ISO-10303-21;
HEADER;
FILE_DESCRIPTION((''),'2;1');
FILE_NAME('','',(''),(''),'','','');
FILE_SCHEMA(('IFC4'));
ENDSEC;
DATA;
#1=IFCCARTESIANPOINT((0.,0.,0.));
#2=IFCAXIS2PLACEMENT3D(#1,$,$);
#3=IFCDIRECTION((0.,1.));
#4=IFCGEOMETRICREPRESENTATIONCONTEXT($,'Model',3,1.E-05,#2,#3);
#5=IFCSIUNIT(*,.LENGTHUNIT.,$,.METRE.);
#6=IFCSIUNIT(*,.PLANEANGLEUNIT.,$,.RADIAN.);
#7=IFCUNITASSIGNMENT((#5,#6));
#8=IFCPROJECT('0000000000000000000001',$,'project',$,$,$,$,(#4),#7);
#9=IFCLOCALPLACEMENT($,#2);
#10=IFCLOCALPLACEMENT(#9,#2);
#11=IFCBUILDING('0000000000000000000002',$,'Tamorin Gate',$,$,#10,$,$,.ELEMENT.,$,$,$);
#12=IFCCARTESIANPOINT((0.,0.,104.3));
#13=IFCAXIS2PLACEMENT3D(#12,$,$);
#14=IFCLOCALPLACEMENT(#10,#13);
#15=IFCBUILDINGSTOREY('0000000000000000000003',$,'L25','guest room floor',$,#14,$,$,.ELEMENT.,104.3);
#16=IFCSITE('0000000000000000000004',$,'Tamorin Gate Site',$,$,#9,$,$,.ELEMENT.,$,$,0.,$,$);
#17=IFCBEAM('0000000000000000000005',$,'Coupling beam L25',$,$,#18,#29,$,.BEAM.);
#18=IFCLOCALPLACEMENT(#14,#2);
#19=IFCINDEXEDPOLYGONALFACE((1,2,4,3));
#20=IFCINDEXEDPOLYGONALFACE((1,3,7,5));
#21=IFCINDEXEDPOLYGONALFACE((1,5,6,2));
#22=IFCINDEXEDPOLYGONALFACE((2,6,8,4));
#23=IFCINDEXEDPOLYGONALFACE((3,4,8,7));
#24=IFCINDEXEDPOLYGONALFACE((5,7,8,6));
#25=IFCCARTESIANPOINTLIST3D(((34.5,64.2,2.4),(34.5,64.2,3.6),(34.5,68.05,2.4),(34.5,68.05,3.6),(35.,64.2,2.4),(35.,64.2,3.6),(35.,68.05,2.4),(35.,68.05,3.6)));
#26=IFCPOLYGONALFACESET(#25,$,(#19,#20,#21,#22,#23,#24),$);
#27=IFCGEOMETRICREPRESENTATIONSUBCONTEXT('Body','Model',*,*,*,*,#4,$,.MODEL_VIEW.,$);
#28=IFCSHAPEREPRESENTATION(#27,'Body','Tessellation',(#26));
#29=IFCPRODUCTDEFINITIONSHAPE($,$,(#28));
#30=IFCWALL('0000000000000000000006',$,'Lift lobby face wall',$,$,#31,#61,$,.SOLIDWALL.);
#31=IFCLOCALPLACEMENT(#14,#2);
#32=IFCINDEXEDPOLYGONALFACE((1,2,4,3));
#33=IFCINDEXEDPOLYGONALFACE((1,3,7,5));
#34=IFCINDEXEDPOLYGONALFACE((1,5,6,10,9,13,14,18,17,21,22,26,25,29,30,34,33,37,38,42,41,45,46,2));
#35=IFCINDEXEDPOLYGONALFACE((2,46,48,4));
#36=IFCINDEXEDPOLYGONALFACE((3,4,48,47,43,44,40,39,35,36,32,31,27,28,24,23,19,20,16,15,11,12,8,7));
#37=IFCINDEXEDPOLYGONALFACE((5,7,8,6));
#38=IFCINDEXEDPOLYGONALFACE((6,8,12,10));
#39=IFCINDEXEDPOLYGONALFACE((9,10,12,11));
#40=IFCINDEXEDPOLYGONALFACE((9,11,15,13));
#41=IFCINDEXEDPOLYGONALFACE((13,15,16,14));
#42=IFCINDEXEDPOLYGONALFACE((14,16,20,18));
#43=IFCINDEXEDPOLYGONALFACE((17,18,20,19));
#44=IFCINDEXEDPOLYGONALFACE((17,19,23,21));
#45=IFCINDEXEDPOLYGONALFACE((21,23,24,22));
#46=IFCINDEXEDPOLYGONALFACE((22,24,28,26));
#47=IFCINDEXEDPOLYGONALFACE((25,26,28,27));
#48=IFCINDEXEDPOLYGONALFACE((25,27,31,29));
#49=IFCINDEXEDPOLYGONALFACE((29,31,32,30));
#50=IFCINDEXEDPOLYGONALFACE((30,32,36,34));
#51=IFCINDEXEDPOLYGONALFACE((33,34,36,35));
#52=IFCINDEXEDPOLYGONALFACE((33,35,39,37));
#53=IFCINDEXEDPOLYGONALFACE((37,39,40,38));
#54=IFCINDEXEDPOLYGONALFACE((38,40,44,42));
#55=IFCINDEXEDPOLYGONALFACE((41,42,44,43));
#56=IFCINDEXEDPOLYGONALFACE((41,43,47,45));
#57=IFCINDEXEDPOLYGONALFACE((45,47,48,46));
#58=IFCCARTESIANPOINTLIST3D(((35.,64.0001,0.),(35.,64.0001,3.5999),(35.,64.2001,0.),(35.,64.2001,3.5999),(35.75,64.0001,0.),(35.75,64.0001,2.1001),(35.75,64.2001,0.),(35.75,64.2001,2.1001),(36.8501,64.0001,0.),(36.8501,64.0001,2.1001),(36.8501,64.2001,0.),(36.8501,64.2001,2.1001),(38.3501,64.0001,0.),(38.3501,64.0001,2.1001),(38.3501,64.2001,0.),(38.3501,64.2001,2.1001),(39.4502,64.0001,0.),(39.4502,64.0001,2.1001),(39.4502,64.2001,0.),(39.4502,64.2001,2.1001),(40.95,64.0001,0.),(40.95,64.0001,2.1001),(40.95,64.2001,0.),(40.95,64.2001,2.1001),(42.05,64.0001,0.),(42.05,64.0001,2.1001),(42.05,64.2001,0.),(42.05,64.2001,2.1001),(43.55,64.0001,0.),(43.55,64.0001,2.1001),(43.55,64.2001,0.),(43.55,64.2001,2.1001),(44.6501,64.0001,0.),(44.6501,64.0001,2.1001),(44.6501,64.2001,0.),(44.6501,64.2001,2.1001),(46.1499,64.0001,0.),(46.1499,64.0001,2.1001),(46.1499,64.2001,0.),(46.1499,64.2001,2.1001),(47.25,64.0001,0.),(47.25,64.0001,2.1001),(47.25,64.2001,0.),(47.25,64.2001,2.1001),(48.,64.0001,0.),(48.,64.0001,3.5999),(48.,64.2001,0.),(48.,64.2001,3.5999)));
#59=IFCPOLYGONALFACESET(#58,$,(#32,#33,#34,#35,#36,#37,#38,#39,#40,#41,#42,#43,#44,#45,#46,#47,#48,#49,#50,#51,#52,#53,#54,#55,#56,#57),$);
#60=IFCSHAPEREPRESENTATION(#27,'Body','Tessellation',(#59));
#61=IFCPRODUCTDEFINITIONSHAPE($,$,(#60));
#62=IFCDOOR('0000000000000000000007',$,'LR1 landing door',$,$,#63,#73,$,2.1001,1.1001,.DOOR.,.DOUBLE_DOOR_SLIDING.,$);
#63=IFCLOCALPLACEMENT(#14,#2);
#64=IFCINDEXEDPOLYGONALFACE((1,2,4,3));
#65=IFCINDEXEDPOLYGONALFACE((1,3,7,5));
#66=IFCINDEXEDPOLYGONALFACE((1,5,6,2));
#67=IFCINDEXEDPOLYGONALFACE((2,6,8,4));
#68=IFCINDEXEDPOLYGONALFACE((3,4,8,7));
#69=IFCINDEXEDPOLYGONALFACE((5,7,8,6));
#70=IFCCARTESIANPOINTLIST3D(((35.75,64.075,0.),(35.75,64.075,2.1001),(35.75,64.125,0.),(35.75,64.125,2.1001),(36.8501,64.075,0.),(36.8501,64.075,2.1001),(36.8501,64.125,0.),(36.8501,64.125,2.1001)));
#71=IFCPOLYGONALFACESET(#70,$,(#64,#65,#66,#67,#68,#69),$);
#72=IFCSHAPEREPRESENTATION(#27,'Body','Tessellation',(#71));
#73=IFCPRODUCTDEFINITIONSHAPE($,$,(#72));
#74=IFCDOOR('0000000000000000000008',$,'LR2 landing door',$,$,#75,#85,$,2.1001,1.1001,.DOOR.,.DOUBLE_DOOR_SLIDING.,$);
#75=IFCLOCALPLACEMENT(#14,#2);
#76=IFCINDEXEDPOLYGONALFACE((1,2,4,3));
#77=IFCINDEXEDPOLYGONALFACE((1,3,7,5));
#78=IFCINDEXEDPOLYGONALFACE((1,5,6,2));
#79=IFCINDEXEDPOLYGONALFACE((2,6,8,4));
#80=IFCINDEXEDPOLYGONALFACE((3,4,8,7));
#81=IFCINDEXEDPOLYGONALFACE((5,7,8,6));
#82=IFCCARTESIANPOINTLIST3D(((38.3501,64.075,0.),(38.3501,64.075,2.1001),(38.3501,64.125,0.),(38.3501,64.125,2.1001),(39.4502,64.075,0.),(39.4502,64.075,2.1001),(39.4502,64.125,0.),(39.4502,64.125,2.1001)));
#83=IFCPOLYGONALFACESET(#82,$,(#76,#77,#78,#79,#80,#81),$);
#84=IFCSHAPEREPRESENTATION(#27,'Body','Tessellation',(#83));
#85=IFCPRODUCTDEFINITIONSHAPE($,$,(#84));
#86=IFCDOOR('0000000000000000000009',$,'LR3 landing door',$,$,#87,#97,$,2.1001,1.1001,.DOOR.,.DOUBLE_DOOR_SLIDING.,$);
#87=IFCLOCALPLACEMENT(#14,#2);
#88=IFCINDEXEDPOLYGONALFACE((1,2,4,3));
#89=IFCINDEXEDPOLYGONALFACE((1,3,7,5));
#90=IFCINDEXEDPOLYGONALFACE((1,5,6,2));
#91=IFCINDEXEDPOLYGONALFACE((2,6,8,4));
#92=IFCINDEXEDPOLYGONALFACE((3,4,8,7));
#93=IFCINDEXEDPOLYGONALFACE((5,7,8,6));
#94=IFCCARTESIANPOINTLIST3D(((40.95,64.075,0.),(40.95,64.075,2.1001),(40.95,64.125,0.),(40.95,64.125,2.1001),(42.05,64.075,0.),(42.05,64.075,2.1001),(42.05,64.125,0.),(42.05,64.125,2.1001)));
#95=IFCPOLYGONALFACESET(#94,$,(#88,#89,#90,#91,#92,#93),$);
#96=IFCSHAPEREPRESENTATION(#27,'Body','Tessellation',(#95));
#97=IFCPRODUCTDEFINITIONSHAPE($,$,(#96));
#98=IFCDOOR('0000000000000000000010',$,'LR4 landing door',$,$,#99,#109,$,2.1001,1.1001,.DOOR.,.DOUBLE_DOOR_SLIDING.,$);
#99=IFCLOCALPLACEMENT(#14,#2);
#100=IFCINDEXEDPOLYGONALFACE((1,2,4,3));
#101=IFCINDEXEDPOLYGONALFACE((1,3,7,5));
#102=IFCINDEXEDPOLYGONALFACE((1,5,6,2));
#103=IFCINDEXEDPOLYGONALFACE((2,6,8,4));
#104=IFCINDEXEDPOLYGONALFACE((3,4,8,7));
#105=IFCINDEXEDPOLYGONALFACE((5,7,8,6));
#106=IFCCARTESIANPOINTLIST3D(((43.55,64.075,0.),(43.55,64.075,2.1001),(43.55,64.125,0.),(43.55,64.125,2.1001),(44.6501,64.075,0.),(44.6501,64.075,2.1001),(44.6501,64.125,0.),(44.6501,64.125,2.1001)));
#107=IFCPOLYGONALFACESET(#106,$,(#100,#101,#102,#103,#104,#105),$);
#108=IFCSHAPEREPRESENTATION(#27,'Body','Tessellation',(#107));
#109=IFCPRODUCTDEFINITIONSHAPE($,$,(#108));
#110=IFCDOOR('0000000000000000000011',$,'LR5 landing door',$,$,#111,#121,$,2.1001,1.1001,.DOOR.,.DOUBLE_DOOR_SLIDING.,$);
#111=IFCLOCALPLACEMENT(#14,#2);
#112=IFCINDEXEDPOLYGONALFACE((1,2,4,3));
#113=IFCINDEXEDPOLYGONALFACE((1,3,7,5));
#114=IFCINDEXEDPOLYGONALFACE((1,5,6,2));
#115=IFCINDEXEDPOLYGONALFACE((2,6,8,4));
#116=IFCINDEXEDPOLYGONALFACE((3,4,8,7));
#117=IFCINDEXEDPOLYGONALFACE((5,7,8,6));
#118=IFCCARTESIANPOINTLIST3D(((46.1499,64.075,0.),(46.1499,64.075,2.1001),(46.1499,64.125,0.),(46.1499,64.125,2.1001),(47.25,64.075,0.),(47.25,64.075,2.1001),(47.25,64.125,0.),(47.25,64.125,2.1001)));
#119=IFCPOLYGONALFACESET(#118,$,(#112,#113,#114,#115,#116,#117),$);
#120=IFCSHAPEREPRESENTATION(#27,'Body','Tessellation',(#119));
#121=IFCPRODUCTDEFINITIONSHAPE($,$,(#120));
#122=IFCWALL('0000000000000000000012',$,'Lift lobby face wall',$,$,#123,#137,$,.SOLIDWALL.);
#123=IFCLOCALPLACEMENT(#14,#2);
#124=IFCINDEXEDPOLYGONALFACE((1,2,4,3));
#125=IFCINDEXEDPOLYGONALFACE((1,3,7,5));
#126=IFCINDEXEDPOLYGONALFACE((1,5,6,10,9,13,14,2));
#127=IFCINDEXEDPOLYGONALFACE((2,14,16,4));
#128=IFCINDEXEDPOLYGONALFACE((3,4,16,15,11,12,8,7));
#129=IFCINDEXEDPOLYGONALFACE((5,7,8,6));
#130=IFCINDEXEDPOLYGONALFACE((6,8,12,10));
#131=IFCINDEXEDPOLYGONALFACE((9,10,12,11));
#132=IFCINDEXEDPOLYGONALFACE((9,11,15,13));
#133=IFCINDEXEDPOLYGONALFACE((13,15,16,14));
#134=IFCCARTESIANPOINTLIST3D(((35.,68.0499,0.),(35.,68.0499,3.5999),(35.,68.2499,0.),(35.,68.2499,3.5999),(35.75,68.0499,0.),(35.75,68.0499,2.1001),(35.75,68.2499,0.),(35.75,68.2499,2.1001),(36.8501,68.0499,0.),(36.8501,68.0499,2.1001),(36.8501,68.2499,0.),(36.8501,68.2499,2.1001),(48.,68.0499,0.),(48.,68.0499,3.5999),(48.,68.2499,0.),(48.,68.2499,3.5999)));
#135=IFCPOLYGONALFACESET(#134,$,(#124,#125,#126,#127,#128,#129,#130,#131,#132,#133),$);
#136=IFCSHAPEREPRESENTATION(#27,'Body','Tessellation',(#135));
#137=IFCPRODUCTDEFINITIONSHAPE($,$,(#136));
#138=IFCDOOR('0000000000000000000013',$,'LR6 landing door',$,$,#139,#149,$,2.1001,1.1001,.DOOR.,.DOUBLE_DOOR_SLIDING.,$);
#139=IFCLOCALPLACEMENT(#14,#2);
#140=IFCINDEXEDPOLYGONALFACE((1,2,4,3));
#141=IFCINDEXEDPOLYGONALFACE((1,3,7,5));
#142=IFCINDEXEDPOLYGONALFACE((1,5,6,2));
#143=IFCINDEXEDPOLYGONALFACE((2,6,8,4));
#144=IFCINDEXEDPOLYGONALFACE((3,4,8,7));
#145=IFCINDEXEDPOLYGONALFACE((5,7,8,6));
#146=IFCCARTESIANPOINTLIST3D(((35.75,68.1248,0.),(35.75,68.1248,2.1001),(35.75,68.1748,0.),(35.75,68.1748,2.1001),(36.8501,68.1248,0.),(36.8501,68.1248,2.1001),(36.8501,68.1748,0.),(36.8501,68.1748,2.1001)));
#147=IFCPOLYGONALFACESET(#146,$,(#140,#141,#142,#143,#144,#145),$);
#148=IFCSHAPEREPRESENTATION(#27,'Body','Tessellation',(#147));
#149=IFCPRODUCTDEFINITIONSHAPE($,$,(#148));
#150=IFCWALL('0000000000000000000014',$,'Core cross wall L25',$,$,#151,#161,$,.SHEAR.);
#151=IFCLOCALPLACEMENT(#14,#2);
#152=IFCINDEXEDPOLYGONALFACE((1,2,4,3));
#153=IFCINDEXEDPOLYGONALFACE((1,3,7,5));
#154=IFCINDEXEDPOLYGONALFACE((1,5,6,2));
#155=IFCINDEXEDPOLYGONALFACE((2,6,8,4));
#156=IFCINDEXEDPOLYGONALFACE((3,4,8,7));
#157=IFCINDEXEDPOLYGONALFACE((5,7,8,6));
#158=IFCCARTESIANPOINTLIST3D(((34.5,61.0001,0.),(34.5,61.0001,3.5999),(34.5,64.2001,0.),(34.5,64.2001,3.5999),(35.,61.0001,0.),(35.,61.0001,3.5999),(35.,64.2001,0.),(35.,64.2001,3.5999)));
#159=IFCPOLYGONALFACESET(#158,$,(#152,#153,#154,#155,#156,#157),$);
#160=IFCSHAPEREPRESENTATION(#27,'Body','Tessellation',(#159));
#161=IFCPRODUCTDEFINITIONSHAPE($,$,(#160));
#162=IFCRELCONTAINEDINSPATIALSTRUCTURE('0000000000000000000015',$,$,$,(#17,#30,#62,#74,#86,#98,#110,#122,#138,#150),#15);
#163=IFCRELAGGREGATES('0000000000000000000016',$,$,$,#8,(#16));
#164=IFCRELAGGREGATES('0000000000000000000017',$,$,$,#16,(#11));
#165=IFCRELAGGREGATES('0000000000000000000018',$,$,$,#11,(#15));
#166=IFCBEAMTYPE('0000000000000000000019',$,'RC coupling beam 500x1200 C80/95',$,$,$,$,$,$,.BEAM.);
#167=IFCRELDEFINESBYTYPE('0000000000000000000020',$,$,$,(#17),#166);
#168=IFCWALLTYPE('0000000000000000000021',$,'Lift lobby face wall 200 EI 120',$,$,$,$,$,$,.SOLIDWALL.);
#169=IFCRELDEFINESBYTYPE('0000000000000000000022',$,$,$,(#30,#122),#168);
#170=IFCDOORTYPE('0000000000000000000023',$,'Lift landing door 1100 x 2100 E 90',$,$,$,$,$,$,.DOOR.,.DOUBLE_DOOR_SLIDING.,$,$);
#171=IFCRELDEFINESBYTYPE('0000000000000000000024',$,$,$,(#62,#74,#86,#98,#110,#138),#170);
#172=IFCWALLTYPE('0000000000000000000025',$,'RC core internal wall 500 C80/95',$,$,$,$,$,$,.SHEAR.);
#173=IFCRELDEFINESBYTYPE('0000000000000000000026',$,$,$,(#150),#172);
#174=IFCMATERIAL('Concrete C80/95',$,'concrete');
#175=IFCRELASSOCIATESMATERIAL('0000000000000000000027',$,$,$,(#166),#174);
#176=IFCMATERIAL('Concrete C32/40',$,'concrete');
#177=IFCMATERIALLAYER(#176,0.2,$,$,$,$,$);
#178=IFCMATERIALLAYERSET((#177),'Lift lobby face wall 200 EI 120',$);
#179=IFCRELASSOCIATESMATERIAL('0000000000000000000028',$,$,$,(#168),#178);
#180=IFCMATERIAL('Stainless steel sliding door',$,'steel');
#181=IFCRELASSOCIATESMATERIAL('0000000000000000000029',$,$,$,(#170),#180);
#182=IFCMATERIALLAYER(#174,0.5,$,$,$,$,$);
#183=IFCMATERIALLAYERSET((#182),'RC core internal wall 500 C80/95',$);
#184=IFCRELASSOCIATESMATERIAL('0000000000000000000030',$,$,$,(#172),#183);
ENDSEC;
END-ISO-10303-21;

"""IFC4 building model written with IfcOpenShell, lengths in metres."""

from ifc_helpers import new_model, si_unit, direction, frame, frame_2d, origin, origin_2d, place, context, subcontext, project, spatial, rectangle, extrude, material, layer, layer_set, material_profile, profile_set, type_object, element, fill, save


model = new_model("IFC4")

# Units and contexts
model_context = context("Model", 3, precision=1e-05, world=origin(), true_north=direction((0.0, 1.0)))
body_context = subcontext(model_context, "Body", "Model", "MODEL_VIEW")
ifc_project = project(units=[si_unit("LENGTHUNIT", "METRE"), si_unit("PLANEANGLEUNIT", "RADIAN")], contexts=[model_context])

# Site, building, storey
site_placement = place(None, origin())
site = spatial("IfcSite", under=ifc_project, at=site_placement, Name="Tamorin Gate Site", CompositionType="ELEMENT", RefElevation=0.0)
building_placement = place(site_placement, origin())
building = spatial("IfcBuilding", under=site, at=building_placement, Name="Tamorin Gate", CompositionType="ELEMENT")
storey_placement = place(building_placement, frame((0.0, 0.0, 104.3)))
storey = spatial("IfcBuildingStorey", under=building, at=storey_placement, Name="L25", Description="guest room floor", CompositionType="ELEMENT", Elevation=104.3)

# Beam
ifc_material_1 = material(Name="Concrete C80/95", Category="concrete")
ifc_material_profile = material_profile(ifc_material_1, rectangle(XDim=0.5, YDim=1.2, at=origin_2d()), Name="RC 500x1200")
ifc_profile_set = profile_set([ifc_material_profile], Name="Concrete C80/95")
beam_type = type_object("IfcBeamType", Name="RC coupling beam 500x1200 C80/95", PredefinedType="BEAM", material=ifc_profile_set)
beam_placement = place(storey_placement, frame((34.75, 64.2, 3.0), z_axis=(0.0, 1.0, 0.0), x_axis=(-1.0, 0.0, 0.0)))
element("IfcBeam", 1, at=beam_placement, inside=storey, type_object=beam_type, Name="Coupling beam L25", PredefinedType="BEAM", context=body_context, shape_type="SweptSolid", body=[
    extrude(rectangle(XDim=0.5, YDim=1.2, at=origin_2d()), origin(), (0.0, 0.0, 1.0), 3.8501),
])

# Wall, openings, doors
ifc_material_2 = material(Name="Concrete C32/40", Category="concrete")
ifc_layer_1 = layer(ifc_material_2, 0.2)
ifc_layer_set_1 = layer_set([ifc_layer_1], Name="Lift lobby face wall 200 EI 120")
wall_type_1 = type_object("IfcWallType", Name="Lift lobby face wall 200 EI 120", PredefinedType="SOLIDWALL", material=ifc_layer_set_1)
wall_1_placement = place(storey_placement, frame((35.0, 64.1001, 0.0), z_axis=(0.0, 0.0, 1.0), x_axis=(1.0, 0.0, 0.0)))
wall_1 = element("IfcWall", 2, at=wall_1_placement, inside=storey, type_object=wall_type_1, Name="Lift lobby face wall", PredefinedType="SOLIDWALL", context=body_context, shape_type="SweptSolid", body=[
    extrude(rectangle(XDim=13.0, YDim=0.2, at=frame_2d((6.5, 0.0))), origin(), (0.0, 0.0, 1.0), 3.5999),
])
opening_1_placement = place(wall_1_placement, frame((0.75, 0.0, 0.0)))
opening_1 = element("IfcOpeningElement", 3, at=opening_1_placement, cuts=wall_1, PredefinedType="OPENING", context=body_context, shape_type="SweptSolid", body=[
    extrude(rectangle(XDim=1.1001, YDim=2.1001, at=frame_2d((0.55, 1.05))), frame((0.0, 0.1099, 0.0), z_axis=(0.0, -1.0, 0.0), x_axis=(1.0, 0.0, 0.0)), (0.0, 0.0, 1.0), 0.22),
])
opening_2_placement = place(wall_1_placement, frame((3.3501, 0.0, 0.0)))
opening_2 = element("IfcOpeningElement", 4, at=opening_2_placement, cuts=wall_1, PredefinedType="OPENING", context=body_context, shape_type="SweptSolid", body=[
    extrude(rectangle(XDim=1.1001, YDim=2.1001, at=frame_2d((0.55, 1.05))), frame((0.0, 0.1099, 0.0), z_axis=(0.0, -1.0, 0.0), x_axis=(1.0, 0.0, 0.0)), (0.0, 0.0, 1.0), 0.22),
])
opening_3_placement = place(wall_1_placement, frame((5.95, 0.0, 0.0)))
opening_3 = element("IfcOpeningElement", 5, at=opening_3_placement, cuts=wall_1, PredefinedType="OPENING", context=body_context, shape_type="SweptSolid", body=[
    extrude(rectangle(XDim=1.1001, YDim=2.1001, at=frame_2d((0.55, 1.05))), frame((0.0, 0.1099, 0.0), z_axis=(0.0, -1.0, 0.0), x_axis=(1.0, 0.0, 0.0)), (0.0, 0.0, 1.0), 0.22),
])
opening_4_placement = place(wall_1_placement, frame((8.55, 0.0, 0.0)))
opening_4 = element("IfcOpeningElement", 6, at=opening_4_placement, cuts=wall_1, PredefinedType="OPENING", context=body_context, shape_type="SweptSolid", body=[
    extrude(rectangle(XDim=1.1001, YDim=2.1001, at=frame_2d((0.55, 1.05))), frame((0.0, 0.1099, 0.0), z_axis=(0.0, -1.0, 0.0), x_axis=(1.0, 0.0, 0.0)), (0.0, 0.0, 1.0), 0.22),
])
opening_5_placement = place(wall_1_placement, frame((11.1499, 0.0, 0.0)))
opening_5 = element("IfcOpeningElement", 7, at=opening_5_placement, cuts=wall_1, PredefinedType="OPENING", context=body_context, shape_type="SweptSolid", body=[
    extrude(rectangle(XDim=1.1001, YDim=2.1001, at=frame_2d((0.55, 1.05))), frame((0.0, 0.1099, 0.0), z_axis=(0.0, -1.0, 0.0), x_axis=(1.0, 0.0, 0.0)), (0.0, 0.0, 1.0), 0.22),
])
ifc_material_3 = material(Name="Stainless steel sliding door", Category="steel")
door_type_1 = type_object("IfcDoorType", Name="Lift landing door 1100 x 2100 E 90", OperationType="DOUBLE_DOOR_SLIDING", PredefinedType="DOOR", material=ifc_material_3)
door_1_placement = place(opening_1_placement, origin())
door_1 = element("IfcDoor", 8, at=door_1_placement, inside=storey, type_object=door_type_1, Name="LR1 landing door", OperationType="DOUBLE_DOOR_SLIDING", OverallHeight=2.1001, OverallWidth=1.1001, PredefinedType="DOOR", context=body_context, shape_type="SweptSolid", body=[
    extrude(rectangle(XDim=1.1001, YDim=2.1001, at=frame_2d((0.55, 1.05))), frame((0.0, 0.0249, 0.0), z_axis=(0.0, -1.0, 0.0), x_axis=(1.0, 0.0, 0.0)), (0.0, 0.0, 1.0), 0.05),
])
fill(opening_1, door_1)
door_2_placement = place(opening_2_placement, origin())
door_2 = element("IfcDoor", 9, at=door_2_placement, inside=storey, type_object=door_type_1, Name="LR2 landing door", OperationType="DOUBLE_DOOR_SLIDING", OverallHeight=2.1001, OverallWidth=1.1001, PredefinedType="DOOR", context=body_context, shape_type="SweptSolid", body=[
    extrude(rectangle(XDim=1.1001, YDim=2.1001, at=frame_2d((0.55, 1.05))), frame((0.0, 0.0249, 0.0), z_axis=(0.0, -1.0, 0.0), x_axis=(1.0, 0.0, 0.0)), (0.0, 0.0, 1.0), 0.05),
])
fill(opening_2, door_2)
door_3_placement = place(opening_3_placement, origin())
door_3 = element("IfcDoor", 10, at=door_3_placement, inside=storey, type_object=door_type_1, Name="LR3 landing door", OperationType="DOUBLE_DOOR_SLIDING", OverallHeight=2.1001, OverallWidth=1.1001, PredefinedType="DOOR", context=body_context, shape_type="SweptSolid", body=[
    extrude(rectangle(XDim=1.1001, YDim=2.1001, at=frame_2d((0.55, 1.05))), frame((0.0, 0.0249, 0.0), z_axis=(0.0, -1.0, 0.0), x_axis=(1.0, 0.0, 0.0)), (0.0, 0.0, 1.0), 0.05),
])
fill(opening_3, door_3)
door_4_placement = place(opening_4_placement, origin())
door_4 = element("IfcDoor", 11, at=door_4_placement, inside=storey, type_object=door_type_1, Name="LR4 landing door", OperationType="DOUBLE_DOOR_SLIDING", OverallHeight=2.1001, OverallWidth=1.1001, PredefinedType="DOOR", context=body_context, shape_type="SweptSolid", body=[
    extrude(rectangle(XDim=1.1001, YDim=2.1001, at=frame_2d((0.55, 1.05))), frame((0.0, 0.0249, 0.0), z_axis=(0.0, -1.0, 0.0), x_axis=(1.0, 0.0, 0.0)), (0.0, 0.0, 1.0), 0.05),
])
fill(opening_4, door_4)
door_5_placement = place(opening_5_placement, origin())
door_5 = element("IfcDoor", 12, at=door_5_placement, inside=storey, type_object=door_type_1, Name="LR5 landing door", OperationType="DOUBLE_DOOR_SLIDING", OverallHeight=2.1001, OverallWidth=1.1001, PredefinedType="DOOR", context=body_context, shape_type="SweptSolid", body=[
    extrude(rectangle(XDim=1.1001, YDim=2.1001, at=frame_2d((0.55, 1.05))), frame((0.0, 0.0249, 0.0), z_axis=(0.0, -1.0, 0.0), x_axis=(1.0, 0.0, 0.0)), (0.0, 0.0, 1.0), 0.05),
])
fill(opening_5, door_5)

# Wall, opening, door
wall_2_placement = place(storey_placement, frame((35.0, 68.1499, 0.0), z_axis=(0.0, 0.0, 1.0), x_axis=(1.0, 0.0, 0.0)))
wall_2 = element("IfcWall", 13, at=wall_2_placement, inside=storey, type_object=wall_type_1, Name="Lift lobby face wall", PredefinedType="SOLIDWALL", context=body_context, shape_type="SweptSolid", body=[
    extrude(rectangle(XDim=13.0, YDim=0.2, at=frame_2d((6.5, 0.0))), origin(), (0.0, 0.0, 1.0), 3.5999),
])
opening_6_placement = place(wall_2_placement, frame((0.75, 0.0, 0.0)))
opening_6 = element("IfcOpeningElement", 14, at=opening_6_placement, cuts=wall_2, PredefinedType="OPENING", context=body_context, shape_type="SweptSolid", body=[
    extrude(rectangle(XDim=1.1001, YDim=2.1001, at=frame_2d((0.55, 1.05))), frame((0.0, 0.1099, 0.0), z_axis=(0.0, -1.0, 0.0), x_axis=(1.0, 0.0, 0.0)), (0.0, 0.0, 1.0), 0.22),
])
door_6_placement = place(opening_6_placement, origin())
door_6 = element("IfcDoor", 15, at=door_6_placement, inside=storey, type_object=door_type_1, Name="LR6 landing door", OperationType="DOUBLE_DOOR_SLIDING", OverallHeight=2.1001, OverallWidth=1.1001, PredefinedType="DOOR", context=body_context, shape_type="SweptSolid", body=[
    extrude(rectangle(XDim=1.1001, YDim=2.1001, at=frame_2d((0.55, 1.05))), frame((0.0, 0.0249, 0.0), z_axis=(0.0, -1.0, 0.0), x_axis=(1.0, 0.0, 0.0)), (0.0, 0.0, 1.0), 0.05),
])
fill(opening_6, door_6)

# Wall
ifc_layer_2 = layer(ifc_material_1, 0.5)
ifc_layer_set_2 = layer_set([ifc_layer_2], Name="RC core internal wall 500 C80/95")
wall_type_2 = type_object("IfcWallType", Name="RC core internal wall 500 C80/95", PredefinedType="SHEAR", material=ifc_layer_set_2)
wall_3_placement = place(storey_placement, frame((34.75, 61.0, 0.0), z_axis=(0.0, 0.0, 1.0), x_axis=(0.0, 1.0, 0.0)))
element("IfcWall", 16, at=wall_3_placement, inside=storey, type_object=wall_type_2, Name="Core cross wall L25", PredefinedType="SHEAR", context=body_context, shape_type="SweptSolid", body=[
    extrude(rectangle(XDim=3.2, YDim=0.5, at=frame_2d((1.6001, 0.0))), origin(), (0.0, 0.0, 1.0), 3.5999),
])

save(model, "model.ifc")
